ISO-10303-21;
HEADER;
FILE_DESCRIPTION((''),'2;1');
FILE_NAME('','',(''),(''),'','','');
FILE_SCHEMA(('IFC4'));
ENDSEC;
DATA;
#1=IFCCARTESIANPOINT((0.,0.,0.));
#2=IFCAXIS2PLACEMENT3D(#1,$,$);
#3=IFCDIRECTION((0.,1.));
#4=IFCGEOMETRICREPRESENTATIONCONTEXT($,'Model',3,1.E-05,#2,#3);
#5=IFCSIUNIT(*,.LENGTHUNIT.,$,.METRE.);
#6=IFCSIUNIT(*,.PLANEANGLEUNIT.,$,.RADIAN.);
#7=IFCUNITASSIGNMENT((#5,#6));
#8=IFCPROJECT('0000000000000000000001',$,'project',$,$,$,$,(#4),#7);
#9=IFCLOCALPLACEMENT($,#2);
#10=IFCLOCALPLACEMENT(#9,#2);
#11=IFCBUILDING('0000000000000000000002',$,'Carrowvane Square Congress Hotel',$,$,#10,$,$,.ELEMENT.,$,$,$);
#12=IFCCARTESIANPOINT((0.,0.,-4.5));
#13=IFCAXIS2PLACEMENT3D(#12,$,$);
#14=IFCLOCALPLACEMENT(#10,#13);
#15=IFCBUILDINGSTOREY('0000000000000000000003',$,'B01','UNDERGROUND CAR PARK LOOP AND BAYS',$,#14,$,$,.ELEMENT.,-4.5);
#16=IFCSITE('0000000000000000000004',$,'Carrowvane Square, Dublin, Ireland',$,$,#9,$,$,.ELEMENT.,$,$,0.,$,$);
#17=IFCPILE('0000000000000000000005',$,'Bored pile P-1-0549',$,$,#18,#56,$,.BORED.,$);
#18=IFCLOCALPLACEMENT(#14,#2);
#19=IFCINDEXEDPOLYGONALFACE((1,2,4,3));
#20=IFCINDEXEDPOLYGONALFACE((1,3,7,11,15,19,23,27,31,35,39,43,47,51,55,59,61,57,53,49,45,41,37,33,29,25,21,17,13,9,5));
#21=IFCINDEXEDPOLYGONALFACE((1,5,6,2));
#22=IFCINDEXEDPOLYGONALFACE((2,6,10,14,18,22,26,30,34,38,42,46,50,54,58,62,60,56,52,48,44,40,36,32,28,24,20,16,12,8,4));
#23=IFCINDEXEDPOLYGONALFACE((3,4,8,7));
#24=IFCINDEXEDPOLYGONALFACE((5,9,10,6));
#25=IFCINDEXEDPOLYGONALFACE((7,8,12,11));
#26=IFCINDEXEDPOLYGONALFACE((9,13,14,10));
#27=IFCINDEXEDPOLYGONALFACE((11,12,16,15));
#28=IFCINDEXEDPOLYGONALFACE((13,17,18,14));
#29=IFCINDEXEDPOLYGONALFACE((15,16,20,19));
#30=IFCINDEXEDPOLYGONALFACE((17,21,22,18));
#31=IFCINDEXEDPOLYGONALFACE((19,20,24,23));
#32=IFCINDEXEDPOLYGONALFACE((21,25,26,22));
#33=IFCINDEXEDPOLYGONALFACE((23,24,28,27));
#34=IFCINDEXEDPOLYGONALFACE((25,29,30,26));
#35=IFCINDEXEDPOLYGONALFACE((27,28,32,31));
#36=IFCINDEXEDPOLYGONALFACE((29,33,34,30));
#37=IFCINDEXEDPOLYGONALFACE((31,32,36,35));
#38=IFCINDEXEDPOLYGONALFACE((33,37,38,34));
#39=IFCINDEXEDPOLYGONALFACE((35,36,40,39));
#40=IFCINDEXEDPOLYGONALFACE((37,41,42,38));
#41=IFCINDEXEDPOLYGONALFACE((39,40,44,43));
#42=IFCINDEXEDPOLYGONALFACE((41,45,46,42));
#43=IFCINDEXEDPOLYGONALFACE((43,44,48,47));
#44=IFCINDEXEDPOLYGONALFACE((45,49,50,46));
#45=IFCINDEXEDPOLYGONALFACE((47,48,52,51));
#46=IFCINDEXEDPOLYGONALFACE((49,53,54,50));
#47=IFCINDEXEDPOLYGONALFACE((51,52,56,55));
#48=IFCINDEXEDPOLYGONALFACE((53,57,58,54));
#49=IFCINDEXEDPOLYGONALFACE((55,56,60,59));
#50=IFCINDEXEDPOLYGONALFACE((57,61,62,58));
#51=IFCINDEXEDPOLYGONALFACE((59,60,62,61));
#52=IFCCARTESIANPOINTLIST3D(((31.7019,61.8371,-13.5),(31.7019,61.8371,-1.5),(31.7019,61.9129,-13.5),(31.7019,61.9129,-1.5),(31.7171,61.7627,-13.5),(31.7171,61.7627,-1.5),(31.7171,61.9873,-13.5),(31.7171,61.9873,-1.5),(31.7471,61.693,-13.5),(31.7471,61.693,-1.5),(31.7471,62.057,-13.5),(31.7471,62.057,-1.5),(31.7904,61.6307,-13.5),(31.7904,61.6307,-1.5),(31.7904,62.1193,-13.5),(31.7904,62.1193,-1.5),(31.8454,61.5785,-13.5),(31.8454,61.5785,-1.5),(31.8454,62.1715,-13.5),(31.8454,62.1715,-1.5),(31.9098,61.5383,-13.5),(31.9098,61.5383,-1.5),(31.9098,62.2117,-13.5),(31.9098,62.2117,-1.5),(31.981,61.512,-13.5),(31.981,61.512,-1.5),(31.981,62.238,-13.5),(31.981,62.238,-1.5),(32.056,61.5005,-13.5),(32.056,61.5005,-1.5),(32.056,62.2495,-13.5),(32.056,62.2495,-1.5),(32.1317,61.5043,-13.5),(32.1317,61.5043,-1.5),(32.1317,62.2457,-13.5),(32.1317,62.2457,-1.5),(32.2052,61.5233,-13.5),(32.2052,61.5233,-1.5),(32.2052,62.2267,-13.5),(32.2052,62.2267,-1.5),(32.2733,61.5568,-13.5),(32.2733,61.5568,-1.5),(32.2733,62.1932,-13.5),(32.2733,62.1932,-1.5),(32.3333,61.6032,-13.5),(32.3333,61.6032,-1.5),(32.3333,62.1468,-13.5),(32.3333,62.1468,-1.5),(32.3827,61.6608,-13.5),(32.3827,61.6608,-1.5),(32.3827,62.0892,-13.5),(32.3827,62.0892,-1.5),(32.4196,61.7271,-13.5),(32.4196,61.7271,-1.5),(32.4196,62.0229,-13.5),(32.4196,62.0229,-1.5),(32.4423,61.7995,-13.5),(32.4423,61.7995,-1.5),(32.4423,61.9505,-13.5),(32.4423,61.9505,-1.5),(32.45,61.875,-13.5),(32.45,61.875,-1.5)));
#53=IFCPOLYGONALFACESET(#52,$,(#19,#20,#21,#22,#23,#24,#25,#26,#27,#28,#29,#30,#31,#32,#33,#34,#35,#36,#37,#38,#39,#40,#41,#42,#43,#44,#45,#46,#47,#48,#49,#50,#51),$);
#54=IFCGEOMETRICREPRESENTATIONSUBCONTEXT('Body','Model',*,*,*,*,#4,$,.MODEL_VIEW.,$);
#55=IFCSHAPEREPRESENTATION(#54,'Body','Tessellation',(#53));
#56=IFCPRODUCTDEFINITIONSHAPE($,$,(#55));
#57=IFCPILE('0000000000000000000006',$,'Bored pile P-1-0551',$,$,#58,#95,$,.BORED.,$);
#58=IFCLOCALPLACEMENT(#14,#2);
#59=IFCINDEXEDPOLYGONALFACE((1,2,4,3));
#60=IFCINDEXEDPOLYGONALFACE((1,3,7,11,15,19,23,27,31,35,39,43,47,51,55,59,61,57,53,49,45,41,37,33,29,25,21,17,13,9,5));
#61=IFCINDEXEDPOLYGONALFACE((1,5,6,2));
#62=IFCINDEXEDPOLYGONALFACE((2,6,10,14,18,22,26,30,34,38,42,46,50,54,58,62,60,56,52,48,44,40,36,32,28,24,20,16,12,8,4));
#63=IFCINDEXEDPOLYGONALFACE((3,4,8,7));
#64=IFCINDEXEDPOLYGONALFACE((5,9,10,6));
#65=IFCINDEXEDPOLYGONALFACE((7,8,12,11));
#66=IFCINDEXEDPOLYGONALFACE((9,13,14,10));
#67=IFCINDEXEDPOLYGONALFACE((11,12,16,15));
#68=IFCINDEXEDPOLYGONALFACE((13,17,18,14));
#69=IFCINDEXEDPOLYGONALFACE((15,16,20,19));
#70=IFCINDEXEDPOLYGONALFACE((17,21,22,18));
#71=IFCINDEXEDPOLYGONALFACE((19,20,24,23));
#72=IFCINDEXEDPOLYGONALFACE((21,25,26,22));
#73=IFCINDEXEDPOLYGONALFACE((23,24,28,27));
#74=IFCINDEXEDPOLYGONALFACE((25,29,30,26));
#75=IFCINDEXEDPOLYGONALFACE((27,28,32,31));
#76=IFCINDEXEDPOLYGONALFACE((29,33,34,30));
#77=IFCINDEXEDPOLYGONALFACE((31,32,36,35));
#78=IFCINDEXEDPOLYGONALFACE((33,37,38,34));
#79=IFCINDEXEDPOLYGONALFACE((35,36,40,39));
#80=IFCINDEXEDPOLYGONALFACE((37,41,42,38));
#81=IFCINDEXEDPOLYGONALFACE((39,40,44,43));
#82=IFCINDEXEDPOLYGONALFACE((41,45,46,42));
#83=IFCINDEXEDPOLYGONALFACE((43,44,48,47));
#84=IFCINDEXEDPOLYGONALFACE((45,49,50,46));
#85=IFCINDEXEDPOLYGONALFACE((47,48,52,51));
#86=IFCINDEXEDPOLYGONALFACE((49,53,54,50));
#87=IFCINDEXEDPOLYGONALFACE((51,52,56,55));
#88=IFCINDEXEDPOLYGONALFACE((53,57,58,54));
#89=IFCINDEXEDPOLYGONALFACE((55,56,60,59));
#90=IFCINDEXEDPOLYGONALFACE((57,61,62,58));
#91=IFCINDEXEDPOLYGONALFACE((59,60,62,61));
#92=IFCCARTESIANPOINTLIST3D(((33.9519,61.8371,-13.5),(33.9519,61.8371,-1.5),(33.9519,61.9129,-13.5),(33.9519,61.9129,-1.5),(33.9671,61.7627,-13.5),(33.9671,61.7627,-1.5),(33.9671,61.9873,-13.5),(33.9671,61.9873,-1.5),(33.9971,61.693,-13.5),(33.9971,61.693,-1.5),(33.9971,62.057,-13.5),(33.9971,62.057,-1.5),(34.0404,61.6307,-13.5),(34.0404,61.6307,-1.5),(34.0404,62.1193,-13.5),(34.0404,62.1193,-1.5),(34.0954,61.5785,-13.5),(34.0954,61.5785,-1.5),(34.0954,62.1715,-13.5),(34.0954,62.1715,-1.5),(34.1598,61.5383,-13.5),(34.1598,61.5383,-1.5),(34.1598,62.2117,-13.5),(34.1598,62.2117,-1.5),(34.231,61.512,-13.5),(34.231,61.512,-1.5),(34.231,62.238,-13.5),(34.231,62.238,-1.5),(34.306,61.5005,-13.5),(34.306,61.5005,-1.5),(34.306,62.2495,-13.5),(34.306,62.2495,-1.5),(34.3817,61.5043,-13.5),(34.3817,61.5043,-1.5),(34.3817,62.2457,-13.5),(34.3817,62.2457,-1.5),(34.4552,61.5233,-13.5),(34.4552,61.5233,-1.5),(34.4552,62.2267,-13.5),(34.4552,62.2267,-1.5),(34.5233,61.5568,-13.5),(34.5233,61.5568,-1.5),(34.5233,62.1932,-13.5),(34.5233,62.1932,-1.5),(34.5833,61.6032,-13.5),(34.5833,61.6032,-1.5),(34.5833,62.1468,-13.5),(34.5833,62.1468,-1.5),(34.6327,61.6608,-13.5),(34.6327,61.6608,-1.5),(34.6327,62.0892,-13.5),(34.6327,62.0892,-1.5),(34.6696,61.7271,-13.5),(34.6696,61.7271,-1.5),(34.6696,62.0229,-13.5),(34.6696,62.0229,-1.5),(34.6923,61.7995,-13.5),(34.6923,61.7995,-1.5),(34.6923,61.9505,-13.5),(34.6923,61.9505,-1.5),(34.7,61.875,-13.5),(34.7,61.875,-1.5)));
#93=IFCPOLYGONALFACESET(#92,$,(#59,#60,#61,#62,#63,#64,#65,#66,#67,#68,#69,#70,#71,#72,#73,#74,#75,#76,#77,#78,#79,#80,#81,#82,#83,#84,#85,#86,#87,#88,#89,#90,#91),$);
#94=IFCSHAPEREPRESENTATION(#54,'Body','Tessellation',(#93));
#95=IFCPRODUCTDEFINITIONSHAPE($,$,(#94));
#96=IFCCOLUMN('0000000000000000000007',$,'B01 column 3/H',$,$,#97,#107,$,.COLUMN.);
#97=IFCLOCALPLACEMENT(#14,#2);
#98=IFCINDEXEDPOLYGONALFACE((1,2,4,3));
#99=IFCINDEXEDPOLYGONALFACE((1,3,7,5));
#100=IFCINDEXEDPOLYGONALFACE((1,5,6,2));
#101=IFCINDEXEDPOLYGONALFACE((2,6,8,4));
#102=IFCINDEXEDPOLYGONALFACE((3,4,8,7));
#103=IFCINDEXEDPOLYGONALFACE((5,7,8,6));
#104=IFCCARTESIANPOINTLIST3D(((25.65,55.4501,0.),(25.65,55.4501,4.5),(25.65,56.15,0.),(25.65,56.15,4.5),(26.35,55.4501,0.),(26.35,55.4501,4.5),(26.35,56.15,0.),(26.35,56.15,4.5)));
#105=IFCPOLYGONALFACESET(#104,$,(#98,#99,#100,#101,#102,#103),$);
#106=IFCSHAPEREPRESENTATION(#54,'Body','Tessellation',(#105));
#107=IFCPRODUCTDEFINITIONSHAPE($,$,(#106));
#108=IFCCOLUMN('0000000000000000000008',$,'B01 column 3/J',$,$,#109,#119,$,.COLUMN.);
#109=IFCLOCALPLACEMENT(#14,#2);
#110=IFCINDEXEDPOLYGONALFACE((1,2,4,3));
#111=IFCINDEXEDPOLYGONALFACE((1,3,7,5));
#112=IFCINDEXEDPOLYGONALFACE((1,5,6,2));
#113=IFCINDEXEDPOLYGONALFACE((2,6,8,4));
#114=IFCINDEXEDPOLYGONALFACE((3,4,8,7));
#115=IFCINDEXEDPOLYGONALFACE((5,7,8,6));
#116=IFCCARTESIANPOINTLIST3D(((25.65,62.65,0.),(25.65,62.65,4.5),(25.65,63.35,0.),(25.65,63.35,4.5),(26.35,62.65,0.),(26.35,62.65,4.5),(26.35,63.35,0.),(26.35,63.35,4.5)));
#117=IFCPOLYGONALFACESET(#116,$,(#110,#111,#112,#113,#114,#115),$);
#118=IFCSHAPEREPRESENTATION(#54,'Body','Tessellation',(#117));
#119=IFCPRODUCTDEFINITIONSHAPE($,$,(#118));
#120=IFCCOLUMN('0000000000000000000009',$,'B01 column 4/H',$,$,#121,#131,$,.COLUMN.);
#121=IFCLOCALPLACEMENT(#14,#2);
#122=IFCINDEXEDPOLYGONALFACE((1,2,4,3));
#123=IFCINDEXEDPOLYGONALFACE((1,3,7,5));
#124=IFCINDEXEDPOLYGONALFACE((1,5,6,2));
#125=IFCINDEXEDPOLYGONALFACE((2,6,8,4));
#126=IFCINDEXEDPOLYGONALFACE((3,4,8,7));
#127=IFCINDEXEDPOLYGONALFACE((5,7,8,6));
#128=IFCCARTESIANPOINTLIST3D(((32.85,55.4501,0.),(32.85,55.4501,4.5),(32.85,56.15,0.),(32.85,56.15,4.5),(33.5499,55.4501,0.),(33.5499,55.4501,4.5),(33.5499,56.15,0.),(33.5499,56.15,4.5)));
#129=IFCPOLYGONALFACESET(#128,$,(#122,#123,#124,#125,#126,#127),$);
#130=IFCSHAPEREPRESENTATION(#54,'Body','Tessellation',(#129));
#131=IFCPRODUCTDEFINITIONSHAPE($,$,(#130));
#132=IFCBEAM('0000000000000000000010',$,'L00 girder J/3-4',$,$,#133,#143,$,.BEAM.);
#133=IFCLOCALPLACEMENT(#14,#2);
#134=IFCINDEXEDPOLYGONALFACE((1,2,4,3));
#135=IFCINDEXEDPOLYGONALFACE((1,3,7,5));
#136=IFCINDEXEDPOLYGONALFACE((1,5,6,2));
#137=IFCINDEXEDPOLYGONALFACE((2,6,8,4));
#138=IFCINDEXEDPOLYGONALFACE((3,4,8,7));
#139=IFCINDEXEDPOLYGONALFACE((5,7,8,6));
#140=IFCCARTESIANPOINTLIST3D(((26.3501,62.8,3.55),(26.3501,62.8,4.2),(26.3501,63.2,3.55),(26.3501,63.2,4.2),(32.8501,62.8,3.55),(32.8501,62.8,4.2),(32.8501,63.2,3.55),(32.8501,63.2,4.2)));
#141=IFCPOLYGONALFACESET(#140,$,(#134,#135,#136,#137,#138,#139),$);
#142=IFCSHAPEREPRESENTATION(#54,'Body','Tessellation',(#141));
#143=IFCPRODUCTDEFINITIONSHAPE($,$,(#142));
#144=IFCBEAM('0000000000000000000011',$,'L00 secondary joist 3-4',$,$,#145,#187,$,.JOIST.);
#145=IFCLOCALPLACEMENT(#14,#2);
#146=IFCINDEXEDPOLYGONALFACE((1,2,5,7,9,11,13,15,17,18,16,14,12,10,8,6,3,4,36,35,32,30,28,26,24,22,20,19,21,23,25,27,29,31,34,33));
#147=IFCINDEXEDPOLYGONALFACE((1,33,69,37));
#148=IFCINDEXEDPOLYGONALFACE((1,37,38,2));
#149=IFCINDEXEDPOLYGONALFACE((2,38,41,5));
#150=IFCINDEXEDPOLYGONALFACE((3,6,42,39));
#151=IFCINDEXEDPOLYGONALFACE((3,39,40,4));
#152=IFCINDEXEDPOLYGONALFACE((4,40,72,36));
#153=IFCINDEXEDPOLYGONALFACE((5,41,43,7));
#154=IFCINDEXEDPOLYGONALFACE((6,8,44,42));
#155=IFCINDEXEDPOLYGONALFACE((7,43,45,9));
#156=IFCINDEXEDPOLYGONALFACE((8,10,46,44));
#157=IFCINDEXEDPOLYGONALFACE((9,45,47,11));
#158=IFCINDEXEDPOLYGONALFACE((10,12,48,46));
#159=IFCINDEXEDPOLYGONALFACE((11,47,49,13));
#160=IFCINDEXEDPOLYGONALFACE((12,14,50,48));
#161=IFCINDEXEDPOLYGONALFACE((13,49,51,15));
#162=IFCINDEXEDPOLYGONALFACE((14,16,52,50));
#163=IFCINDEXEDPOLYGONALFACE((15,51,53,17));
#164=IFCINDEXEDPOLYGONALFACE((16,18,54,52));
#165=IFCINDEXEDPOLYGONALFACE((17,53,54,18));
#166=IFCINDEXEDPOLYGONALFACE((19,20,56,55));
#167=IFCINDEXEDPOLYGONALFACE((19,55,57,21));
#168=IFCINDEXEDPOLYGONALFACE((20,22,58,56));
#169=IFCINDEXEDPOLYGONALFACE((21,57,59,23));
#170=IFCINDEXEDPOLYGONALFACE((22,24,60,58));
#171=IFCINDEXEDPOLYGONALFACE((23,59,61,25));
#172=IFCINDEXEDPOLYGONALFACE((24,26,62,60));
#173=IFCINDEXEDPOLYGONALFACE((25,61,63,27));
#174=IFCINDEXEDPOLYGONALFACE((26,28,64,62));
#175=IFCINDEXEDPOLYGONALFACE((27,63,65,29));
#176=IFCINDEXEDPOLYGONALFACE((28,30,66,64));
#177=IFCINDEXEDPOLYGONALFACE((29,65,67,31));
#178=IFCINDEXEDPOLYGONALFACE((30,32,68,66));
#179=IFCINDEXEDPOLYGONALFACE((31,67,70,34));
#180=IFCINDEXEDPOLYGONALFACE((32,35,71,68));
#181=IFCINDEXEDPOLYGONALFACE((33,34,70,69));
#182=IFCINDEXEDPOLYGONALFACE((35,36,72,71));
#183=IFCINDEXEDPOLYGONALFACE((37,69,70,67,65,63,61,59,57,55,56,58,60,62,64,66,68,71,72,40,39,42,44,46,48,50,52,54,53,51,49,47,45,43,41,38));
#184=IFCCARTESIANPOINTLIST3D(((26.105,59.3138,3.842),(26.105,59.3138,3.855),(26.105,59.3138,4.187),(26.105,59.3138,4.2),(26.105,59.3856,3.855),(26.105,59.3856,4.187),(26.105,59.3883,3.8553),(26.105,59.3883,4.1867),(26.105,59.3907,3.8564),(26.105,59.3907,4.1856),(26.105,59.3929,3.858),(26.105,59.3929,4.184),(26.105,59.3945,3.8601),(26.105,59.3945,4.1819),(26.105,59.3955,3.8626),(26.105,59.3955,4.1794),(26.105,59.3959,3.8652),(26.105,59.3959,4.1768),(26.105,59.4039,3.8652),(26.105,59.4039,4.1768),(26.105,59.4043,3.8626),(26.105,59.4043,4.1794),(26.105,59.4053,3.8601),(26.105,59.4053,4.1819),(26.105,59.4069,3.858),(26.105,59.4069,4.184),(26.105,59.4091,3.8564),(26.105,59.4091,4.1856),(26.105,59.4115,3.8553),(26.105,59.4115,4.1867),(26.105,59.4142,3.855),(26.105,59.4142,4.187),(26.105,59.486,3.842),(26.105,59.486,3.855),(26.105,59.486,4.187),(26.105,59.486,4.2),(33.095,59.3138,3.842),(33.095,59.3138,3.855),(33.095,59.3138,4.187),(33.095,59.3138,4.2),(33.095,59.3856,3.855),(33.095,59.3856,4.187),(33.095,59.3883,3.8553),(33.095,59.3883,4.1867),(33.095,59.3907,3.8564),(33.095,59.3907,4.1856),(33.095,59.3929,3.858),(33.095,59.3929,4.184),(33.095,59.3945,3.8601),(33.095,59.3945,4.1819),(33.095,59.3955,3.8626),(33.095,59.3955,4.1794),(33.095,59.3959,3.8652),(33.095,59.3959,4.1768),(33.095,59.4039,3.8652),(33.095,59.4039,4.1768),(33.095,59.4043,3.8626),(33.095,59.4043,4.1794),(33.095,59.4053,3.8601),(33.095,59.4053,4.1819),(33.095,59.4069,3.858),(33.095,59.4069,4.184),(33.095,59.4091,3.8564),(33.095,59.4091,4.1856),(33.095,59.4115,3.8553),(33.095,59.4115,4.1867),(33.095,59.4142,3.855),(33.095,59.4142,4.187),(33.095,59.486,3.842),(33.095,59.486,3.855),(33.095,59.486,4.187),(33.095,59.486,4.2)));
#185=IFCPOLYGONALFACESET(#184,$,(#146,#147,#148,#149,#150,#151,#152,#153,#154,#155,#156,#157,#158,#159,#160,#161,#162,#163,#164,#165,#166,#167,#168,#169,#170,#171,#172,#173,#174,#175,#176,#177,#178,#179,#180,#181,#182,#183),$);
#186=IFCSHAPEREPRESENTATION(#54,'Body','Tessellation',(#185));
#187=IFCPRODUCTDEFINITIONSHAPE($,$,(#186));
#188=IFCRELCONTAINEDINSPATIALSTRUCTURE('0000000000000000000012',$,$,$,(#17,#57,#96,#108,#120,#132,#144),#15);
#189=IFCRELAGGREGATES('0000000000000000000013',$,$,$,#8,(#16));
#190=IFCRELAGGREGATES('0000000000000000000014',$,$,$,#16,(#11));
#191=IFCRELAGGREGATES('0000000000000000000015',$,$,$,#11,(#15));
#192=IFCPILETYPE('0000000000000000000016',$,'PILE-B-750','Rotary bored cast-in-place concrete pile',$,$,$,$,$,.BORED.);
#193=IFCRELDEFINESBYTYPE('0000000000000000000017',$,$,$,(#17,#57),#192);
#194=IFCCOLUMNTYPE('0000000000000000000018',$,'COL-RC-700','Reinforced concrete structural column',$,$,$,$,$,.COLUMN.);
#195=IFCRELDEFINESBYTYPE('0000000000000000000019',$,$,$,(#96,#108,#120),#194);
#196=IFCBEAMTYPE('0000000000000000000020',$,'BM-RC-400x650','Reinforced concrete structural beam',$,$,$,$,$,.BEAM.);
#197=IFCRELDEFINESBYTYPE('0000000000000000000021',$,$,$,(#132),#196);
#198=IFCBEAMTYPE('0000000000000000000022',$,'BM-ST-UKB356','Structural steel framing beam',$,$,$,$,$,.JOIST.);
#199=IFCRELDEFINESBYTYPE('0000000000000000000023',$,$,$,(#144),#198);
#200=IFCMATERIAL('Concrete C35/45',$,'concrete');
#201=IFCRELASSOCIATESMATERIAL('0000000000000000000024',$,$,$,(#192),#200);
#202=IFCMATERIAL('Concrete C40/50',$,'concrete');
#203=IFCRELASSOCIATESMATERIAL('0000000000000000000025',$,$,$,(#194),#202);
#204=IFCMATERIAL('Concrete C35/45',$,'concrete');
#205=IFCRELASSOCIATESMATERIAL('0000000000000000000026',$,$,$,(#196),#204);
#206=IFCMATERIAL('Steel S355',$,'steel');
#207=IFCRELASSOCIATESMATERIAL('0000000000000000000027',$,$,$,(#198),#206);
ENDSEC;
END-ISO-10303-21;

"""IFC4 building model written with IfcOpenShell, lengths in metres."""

from ifc_helpers import new_model, si_unit, direction, frame, origin, origin_2d, place, context, subcontext, project, spatial, rectangle, circle, i_section, extrude, material, material_profile, profile_set, type_object, element, save


model = new_model("IFC4")

# Units and contexts
model_context = context("Model", 3, precision=1e-05, world=origin(), true_north=direction((0.0, 1.0)))
body_context = subcontext(model_context, "Body", "Model", "MODEL_VIEW")
ifc_project = project(units=[si_unit("LENGTHUNIT", "METRE"), si_unit("PLANEANGLEUNIT", "RADIAN")], contexts=[model_context])

# Site, building, storey
site_placement = place(None, origin())
site = spatial("IfcSite", under=ifc_project, at=site_placement, Name="Carrowvane Square, Dublin, Ireland", CompositionType="ELEMENT", RefElevation=0.0)
building_placement = place(site_placement, origin())
building = spatial("IfcBuilding", under=site, at=building_placement, Name="Carrowvane Square Congress Hotel", CompositionType="ELEMENT")
storey_placement = place(building_placement, frame((0.0, 0.0, -4.5)))
storey = spatial("IfcBuildingStorey", under=building, at=storey_placement, Name="B01", Description="UNDERGROUND CAR PARK LOOP AND BAYS", CompositionType="ELEMENT", Elevation=-4.5)

# Piles
ifc_material_1 = material(Name="Concrete C35/45", Category="concrete")
ifc_material_profile_1 = material_profile(ifc_material_1, circle(Radius=0.375, at=origin_2d()), Name="PILE D750")
ifc_profile_set_1 = profile_set([ifc_material_profile_1], Name="Concrete C35/45")
pile_type = type_object("IfcPileType", Name="PILE-B-750", Description="Rotary bored cast-in-place concrete pile", PredefinedType="BORED", material=ifc_profile_set_1)
for number, where, z_axis, x_axis, name in (
    (1, (32.075, 61.875, -1.5), (0.0, 0.0, -1.0), (1.0, 0.0, 0.0), "Bored pile P-1-0549"),
    (2, (34.325, 61.875, -1.5), (0.0, 0.0, -1.0), (1.0, 0.0, 0.0), "Bored pile P-1-0551"),
):
    element("IfcPile", number, at=place(storey_placement, frame(where, z_axis=z_axis, x_axis=x_axis)), inside=storey, type_object=pile_type, Name=name, PredefinedType="BORED", context=body_context, shape_type="SweptSolid", body=[
        extrude(circle(Radius=0.375, at=origin_2d()), origin(), (0.0, 0.0, 1.0), 12.0),
    ])

# Columns
ifc_material_2 = material(Name="Concrete C40/50", Category="concrete")
ifc_material_profile_2 = material_profile(ifc_material_2, rectangle(XDim=0.7, YDim=0.7, at=origin_2d()), Name="RC 700x700")
ifc_profile_set_2 = profile_set([ifc_material_profile_2], Name="Concrete C40/50")
column_type = type_object("IfcColumnType", Name="COL-RC-700", Description="Reinforced concrete structural column", PredefinedType="COLUMN", material=ifc_profile_set_2)
for number, where, z_axis, x_axis, name in (
    (3, (26.0, 55.8, 0.0), (0.0, 0.0, 1.0), (1.0, 0.0, 0.0), "B01 column 3/H"),
    (4, (26.0, 63.0, 0.0), (0.0, 0.0, 1.0), (1.0, 0.0, 0.0), "B01 column 3/J"),
    (5, (33.2, 55.8, 0.0), (0.0, 0.0, 1.0), (1.0, 0.0, 0.0), "B01 column 4/H"),
):
    element("IfcColumn", number, at=place(storey_placement, frame(where, z_axis=z_axis, x_axis=x_axis)), inside=storey, type_object=column_type, Name=name, PredefinedType="COLUMN", context=body_context, shape_type="SweptSolid", body=[
        extrude(rectangle(XDim=0.7, YDim=0.7, at=origin_2d()), origin(), (0.0, 0.0, 1.0), 4.5),
    ])

# Beams
ifc_material_3 = material(Name="Concrete C35/45", Category="concrete")
ifc_material_profile_3 = material_profile(ifc_material_3, rectangle(XDim=0.3999, YDim=0.6499, at=origin_2d()), Name="RC 400x650")
ifc_profile_set_3 = profile_set([ifc_material_profile_3], Name="Concrete C35/45")
beam_type_1 = type_object("IfcBeamType", Name="BM-RC-400x650", Description="Reinforced concrete structural beam", PredefinedType="BEAM", material=ifc_profile_set_3)
beam_placement = place(storey_placement, frame((26.3501, 63.0, 3.875), z_axis=(1.0, 0.0, 0.0), x_axis=(0.0, 1.0, 0.0)))
element("IfcBeam", 6, at=beam_placement, inside=storey, type_object=beam_type_1, Name="L00 girder J/3-4", PredefinedType="BEAM", context=body_context, shape_type="SweptSolid", body=[
    extrude(rectangle(XDim=0.3999, YDim=0.6499, at=origin_2d()), origin(), (0.0, 0.0, 1.0), 6.5),
])
ifc_material_4 = material(Name="Steel S355", Category="steel")
ifc_material_profile_4 = material_profile(ifc_material_4, i_section(OverallWidth=0.1721, OverallDepth=0.3579, WebThickness=0.0081, FlangeThickness=0.0129, FilletRadius=0.0103, at=origin_2d()), Name="UKB 356x171x57")
ifc_profile_set_4 = profile_set([ifc_material_profile_4], Name="Steel S355")
beam_type_2 = type_object("IfcBeamType", Name="BM-ST-UKB356", Description="Structural steel framing beam", PredefinedType="JOIST", material=ifc_profile_set_4)
for number, where, z_axis, x_axis, name in (
    (7, (26.105, 59.3999, 4.021), (1.0, 0.0, 0.0), (0.0, 1.0, 0.0), "L00 secondary joist 3-4"),
):
    element("IfcBeam", number, at=place(storey_placement, frame(where, z_axis=z_axis, x_axis=x_axis)), inside=storey, type_object=beam_type_2, Name=name, PredefinedType="JOIST", context=body_context, shape_type="SweptSolid", body=[
        extrude(i_section(OverallWidth=0.1721, OverallDepth=0.3579, WebThickness=0.0081, FlangeThickness=0.0129, FilletRadius=0.0103, at=origin_2d()), origin(), (0.0, 0.0, 1.0), 6.99),
    ])

save(model, "model.ifc")
